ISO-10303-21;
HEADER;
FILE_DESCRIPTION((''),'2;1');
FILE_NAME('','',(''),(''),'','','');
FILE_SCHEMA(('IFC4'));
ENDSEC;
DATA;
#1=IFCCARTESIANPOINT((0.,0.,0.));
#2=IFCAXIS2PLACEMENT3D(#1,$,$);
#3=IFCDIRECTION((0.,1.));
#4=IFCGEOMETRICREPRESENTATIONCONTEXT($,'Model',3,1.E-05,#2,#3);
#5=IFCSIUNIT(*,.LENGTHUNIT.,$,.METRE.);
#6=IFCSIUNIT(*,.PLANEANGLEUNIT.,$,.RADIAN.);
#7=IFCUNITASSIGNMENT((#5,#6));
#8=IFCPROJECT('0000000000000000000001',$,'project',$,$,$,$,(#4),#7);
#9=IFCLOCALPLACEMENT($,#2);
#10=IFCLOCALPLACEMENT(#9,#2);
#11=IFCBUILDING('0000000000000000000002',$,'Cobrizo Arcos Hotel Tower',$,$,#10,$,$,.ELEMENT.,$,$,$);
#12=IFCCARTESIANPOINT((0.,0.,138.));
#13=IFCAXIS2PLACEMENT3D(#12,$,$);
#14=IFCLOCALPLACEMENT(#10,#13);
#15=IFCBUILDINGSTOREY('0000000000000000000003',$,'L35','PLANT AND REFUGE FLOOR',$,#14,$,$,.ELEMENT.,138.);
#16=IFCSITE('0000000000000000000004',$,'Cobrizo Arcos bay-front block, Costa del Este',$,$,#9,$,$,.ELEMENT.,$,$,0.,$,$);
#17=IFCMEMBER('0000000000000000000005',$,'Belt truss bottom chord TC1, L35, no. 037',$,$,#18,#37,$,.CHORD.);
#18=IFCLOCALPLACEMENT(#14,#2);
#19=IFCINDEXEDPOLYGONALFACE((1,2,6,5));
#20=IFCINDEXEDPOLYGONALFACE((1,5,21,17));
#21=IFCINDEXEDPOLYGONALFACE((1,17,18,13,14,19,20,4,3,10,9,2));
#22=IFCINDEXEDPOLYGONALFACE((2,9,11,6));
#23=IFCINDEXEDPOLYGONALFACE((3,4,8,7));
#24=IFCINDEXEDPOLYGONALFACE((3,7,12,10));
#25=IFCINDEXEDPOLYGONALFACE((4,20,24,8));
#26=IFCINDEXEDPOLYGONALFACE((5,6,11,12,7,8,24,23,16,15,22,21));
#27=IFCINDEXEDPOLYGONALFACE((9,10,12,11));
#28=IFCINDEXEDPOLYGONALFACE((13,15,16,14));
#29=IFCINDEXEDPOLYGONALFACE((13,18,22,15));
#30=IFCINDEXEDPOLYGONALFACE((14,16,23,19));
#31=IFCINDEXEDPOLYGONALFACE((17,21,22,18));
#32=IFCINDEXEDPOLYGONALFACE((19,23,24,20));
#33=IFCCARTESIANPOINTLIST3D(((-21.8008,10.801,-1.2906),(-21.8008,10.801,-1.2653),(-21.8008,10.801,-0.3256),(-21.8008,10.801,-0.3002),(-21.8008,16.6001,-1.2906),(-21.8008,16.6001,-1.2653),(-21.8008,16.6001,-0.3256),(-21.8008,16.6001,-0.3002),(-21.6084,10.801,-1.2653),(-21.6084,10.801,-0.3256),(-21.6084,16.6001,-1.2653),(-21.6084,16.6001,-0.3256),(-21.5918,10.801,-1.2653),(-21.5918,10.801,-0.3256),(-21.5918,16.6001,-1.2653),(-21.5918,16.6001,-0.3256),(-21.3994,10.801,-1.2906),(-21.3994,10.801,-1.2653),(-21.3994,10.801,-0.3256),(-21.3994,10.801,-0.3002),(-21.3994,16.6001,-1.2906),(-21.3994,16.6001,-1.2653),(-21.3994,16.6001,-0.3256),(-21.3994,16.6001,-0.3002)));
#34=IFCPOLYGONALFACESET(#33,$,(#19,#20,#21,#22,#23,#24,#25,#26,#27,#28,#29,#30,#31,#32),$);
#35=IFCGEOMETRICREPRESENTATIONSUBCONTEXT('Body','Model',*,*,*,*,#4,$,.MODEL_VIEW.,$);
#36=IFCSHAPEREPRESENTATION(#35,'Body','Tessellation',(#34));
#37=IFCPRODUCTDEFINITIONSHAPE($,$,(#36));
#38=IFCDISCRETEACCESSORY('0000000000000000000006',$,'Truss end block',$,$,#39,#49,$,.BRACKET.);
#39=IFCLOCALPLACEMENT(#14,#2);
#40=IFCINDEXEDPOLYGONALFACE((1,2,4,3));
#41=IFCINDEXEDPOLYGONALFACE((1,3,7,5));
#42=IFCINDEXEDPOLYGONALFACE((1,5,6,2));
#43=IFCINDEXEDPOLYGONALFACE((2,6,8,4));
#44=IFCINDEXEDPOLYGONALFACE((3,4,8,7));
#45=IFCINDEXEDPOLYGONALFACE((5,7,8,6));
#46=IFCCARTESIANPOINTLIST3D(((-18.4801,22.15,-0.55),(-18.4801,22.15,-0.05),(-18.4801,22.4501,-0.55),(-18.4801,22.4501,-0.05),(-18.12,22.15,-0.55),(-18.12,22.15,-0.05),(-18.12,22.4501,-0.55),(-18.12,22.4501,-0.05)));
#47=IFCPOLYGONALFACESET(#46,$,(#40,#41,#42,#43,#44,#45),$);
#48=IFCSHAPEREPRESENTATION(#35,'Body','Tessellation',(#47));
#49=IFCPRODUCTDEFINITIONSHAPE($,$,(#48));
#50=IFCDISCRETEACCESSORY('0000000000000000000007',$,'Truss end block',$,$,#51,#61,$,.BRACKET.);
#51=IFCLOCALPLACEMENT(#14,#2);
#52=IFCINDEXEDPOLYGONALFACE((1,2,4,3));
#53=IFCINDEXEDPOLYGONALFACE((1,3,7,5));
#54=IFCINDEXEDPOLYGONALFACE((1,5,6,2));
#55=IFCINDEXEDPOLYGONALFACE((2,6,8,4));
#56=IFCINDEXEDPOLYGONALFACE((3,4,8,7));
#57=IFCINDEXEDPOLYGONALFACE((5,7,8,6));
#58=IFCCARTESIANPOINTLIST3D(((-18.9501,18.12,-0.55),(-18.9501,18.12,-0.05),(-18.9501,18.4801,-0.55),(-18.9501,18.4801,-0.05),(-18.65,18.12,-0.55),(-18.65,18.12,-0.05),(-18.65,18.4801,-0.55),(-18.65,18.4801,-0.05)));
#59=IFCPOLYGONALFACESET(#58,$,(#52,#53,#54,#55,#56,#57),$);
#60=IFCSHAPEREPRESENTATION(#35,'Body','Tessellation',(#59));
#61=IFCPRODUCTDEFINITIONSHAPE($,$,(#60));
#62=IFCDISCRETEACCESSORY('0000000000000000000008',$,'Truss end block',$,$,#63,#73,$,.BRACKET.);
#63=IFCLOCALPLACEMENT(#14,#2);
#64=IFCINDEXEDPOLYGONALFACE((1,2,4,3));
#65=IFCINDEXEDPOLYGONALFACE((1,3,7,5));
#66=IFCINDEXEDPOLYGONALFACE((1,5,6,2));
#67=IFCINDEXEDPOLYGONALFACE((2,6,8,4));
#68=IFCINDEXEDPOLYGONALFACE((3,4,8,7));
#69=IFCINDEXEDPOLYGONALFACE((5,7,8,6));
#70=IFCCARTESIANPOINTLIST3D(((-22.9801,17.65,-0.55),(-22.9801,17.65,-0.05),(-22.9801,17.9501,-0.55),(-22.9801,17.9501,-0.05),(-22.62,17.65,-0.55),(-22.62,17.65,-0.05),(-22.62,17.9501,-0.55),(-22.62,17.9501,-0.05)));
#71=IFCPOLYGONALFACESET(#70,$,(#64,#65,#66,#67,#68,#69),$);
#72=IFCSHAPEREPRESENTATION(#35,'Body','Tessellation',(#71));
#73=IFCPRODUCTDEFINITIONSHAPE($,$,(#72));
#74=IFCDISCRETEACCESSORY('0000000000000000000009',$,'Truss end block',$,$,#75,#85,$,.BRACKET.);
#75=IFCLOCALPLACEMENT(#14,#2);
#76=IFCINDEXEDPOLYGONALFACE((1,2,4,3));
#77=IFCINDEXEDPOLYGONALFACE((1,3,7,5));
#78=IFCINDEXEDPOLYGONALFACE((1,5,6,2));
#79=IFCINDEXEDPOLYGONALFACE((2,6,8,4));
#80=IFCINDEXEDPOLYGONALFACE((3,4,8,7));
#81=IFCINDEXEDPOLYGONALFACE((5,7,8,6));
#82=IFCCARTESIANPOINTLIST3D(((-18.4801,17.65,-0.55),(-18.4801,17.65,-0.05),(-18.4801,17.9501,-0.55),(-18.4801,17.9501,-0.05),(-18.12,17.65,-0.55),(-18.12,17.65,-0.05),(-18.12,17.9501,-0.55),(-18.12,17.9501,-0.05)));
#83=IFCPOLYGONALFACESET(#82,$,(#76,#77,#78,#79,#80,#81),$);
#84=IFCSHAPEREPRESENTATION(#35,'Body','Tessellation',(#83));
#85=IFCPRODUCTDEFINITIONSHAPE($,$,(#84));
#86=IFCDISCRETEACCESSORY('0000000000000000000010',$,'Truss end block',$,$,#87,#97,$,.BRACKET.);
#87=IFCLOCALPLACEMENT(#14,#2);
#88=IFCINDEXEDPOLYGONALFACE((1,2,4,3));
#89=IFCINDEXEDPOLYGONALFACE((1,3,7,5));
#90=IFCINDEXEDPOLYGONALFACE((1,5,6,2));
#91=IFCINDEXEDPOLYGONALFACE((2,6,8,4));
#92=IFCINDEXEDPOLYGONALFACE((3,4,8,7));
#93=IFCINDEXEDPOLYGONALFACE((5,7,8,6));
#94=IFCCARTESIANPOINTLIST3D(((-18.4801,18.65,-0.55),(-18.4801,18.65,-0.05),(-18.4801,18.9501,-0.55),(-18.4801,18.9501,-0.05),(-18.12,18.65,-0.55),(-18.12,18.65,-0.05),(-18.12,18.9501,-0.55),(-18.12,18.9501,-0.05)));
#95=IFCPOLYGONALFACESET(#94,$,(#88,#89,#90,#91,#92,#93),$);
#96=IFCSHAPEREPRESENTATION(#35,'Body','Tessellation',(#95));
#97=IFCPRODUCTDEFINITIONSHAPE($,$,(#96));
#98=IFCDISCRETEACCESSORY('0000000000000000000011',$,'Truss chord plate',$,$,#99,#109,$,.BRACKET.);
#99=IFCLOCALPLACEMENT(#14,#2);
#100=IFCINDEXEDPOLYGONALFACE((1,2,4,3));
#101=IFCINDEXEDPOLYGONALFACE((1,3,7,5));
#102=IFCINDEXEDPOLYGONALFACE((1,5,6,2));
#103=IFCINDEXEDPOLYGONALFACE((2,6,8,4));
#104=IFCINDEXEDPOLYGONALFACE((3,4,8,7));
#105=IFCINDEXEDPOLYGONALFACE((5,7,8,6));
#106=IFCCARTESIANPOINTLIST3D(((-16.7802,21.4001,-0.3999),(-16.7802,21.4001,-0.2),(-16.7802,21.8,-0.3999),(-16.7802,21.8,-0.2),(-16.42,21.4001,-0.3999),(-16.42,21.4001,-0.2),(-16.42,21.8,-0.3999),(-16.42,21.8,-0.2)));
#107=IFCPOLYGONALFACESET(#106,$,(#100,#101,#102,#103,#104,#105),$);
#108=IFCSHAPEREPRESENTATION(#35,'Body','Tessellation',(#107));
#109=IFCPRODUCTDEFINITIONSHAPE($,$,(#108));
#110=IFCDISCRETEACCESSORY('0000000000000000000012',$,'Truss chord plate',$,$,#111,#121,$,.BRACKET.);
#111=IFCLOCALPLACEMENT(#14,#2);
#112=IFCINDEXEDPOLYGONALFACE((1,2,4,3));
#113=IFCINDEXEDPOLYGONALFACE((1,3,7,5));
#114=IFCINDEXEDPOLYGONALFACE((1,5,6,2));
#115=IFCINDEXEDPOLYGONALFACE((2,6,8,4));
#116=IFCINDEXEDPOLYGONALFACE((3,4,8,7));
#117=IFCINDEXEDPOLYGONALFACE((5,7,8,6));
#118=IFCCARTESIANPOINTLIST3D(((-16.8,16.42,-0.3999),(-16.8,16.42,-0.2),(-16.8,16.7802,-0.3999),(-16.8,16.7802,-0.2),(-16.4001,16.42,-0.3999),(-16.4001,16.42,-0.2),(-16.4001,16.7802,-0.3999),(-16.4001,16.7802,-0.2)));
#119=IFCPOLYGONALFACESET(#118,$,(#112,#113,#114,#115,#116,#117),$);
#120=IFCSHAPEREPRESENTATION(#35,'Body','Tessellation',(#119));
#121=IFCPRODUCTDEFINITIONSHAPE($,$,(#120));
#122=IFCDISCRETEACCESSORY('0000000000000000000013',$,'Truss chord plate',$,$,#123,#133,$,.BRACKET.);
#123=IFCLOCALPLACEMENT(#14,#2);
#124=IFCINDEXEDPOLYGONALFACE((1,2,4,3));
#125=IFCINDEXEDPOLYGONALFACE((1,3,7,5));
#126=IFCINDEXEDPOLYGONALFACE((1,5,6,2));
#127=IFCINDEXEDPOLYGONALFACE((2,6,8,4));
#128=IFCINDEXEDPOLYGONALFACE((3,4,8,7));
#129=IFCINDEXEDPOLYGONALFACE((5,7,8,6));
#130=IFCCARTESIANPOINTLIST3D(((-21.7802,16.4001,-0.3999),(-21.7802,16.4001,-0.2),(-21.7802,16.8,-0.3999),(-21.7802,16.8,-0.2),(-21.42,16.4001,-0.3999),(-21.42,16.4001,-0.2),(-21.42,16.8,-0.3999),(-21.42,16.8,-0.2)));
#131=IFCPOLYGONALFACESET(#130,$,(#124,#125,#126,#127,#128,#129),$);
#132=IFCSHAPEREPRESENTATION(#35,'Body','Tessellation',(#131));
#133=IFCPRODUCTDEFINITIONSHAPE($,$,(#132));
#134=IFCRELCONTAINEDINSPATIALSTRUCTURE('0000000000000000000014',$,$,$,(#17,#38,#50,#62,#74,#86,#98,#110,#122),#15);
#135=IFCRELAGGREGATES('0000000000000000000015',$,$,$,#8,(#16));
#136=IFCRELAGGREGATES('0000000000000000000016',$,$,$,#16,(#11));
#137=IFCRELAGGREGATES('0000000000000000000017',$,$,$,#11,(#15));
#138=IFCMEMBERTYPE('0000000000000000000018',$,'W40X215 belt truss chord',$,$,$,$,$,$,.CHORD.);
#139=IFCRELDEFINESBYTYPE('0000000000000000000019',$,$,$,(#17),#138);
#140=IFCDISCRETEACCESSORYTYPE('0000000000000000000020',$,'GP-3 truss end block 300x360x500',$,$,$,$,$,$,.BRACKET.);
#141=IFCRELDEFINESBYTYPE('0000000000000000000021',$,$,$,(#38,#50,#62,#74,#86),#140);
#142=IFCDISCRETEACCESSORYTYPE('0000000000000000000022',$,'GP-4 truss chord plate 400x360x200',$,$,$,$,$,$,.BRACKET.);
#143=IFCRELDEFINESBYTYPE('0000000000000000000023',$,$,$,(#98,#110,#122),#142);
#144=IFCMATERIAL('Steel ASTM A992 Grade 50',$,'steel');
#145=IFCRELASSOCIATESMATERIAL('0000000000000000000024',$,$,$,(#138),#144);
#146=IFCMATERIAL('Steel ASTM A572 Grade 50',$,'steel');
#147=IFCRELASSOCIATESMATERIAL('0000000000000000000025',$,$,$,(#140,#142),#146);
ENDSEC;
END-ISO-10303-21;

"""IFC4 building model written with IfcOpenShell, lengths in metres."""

from ifc_helpers import new_model, si_unit, direction, frame, origin, origin_2d, place, context, subcontext, project, spatial, rectangle, i_section, extrude, material, material_profile, profile_set, type_object, element, save


model = new_model("IFC4")

# Units and contexts
model_context = context("Model", 3, precision=1e-05, world=origin(), true_north=direction((0.0, 1.0)))
body_context = subcontext(model_context, "Body", "Model", "MODEL_VIEW")
ifc_project = project(units=[si_unit("LENGTHUNIT", "METRE"), si_unit("PLANEANGLEUNIT", "RADIAN")], contexts=[model_context])

# Site, building, storey
site_placement = place(None, origin())
site = spatial("IfcSite", under=ifc_project, at=site_placement, Name="Cobrizo Arcos bay-front block, Costa del Este", CompositionType="ELEMENT", RefElevation=0.0)
building_placement = place(site_placement, origin())
building = spatial("IfcBuilding", under=site, at=building_placement, Name="Cobrizo Arcos Hotel Tower", CompositionType="ELEMENT")
storey_placement = place(building_placement, frame((0.0, 0.0, 138.0)))
storey = spatial("IfcBuildingStorey", under=building, at=storey_placement, Name="L35", Description="PLANT AND REFUGE FLOOR", CompositionType="ELEMENT", Elevation=138.0)

# Shared definitions
ifc_material_1 = material(Name="Steel ASTM A572 Grade 50", Category="steel")

# Shared definitions
ifc_material_2 = material(Name="Steel ASTM A992 Grade 50", Category="steel")

# Member
ifc_material_profile_1 = material_profile(ifc_material_2, i_section(OverallWidth=0.4014, OverallDepth=0.9905, WebThickness=0.0166, FlangeThickness=0.0254, at=origin_2d()), Name="W40X215")
ifc_profile_set_1 = profile_set([ifc_material_profile_1], Name="Steel ASTM A992 Grade 50")
member_type_1 = type_object("IfcMemberType", Name="W40X215 belt truss chord", PredefinedType="CHORD", material=ifc_profile_set_1)
member_1_placement = place(storey_placement, frame((-21.6001, 16.6001, -0.7954), z_axis=(0.0, -1.0, 0.0), x_axis=(1.0, 0.0, 0.0)))
element("IfcMember", 1, at=member_1_placement, inside=storey, type_object=member_type_1, Name="Belt truss bottom chord TC1, L35, no. 037", PredefinedType="CHORD", context=body_context, shape_type="SweptSolid", body=[
    extrude(i_section(OverallWidth=0.4014, OverallDepth=0.9905, WebThickness=0.0166, FlangeThickness=0.0254, at=origin_2d()), origin(), (0.0, 0.0, 1.0), 5.7991),
])

# Discrete accessories
discrete_accessory_type_1 = type_object("IfcDiscreteAccessoryType", Name="GP-3 truss end block 300x360x500", PredefinedType="BRACKET", material=ifc_material_1)
for number, where, z_axis, x_axis, name in (
    (2, (-18.3, 22.3, -0.55), (0.0, 0.0, 1.0), (0.0, -1.0, 0.0), "Truss end block"),
    (3, (-18.8, 18.3, -0.55), (0.0, 0.0, 1.0), (-1.0, 0.0, 0.0), "Truss end block"),
    (4, (-22.8, 17.8, -0.55), (0.0, 0.0, 1.0), (0.0, -1.0, 0.0), "Truss end block"),
    (5, (-18.3, 17.8, -0.55), (0.0, 0.0, 1.0), (0.0, -1.0, 0.0), "Truss end block"),
    (6, (-18.3, 18.8, -0.55), (0.0, 0.0, 1.0), (0.0, 1.0, 0.0), "Truss end block"),
):
    element("IfcDiscreteAccessory", number, at=place(storey_placement, frame(where, z_axis=z_axis, x_axis=x_axis)), inside=storey, type_object=discrete_accessory_type_1, Name=name, PredefinedType="BRACKET", context=body_context, shape_type="SweptSolid", body=[
        extrude(rectangle(XDim=0.3, YDim=0.3601, at=origin_2d()), origin(), (0.0, 0.0, 1.0), 0.5),
    ])
discrete_accessory_type_2 = type_object("IfcDiscreteAccessoryType", Name="GP-4 truss chord plate 400x360x200", PredefinedType="BRACKET", material=ifc_material_1)
for number, where, z_axis, x_axis, name in (
    (7, (-16.6001, 21.6001, -0.3999), (0.0, 0.0, 1.0), (0.0, -1.0, 0.0), "Truss chord plate"),
    (8, (-16.6001, 16.6001, -0.3999), (0.0, 0.0, 1.0), (-1.0, 0.0, 0.0), "Truss chord plate"),
    (9, (-21.6001, 16.6001, -0.3999), (0.0, 0.0, 1.0), (0.0, -1.0, 0.0), "Truss chord plate"),
):
    element("IfcDiscreteAccessory", number, at=place(storey_placement, frame(where, z_axis=z_axis, x_axis=x_axis)), inside=storey, type_object=discrete_accessory_type_2, Name=name, PredefinedType="BRACKET", context=body_context, shape_type="SweptSolid", body=[
        extrude(rectangle(XDim=0.3999, YDim=0.3601, at=origin_2d()), origin(), (0.0, 0.0, 1.0), 0.2),
    ])

save(model, "model.ifc")
